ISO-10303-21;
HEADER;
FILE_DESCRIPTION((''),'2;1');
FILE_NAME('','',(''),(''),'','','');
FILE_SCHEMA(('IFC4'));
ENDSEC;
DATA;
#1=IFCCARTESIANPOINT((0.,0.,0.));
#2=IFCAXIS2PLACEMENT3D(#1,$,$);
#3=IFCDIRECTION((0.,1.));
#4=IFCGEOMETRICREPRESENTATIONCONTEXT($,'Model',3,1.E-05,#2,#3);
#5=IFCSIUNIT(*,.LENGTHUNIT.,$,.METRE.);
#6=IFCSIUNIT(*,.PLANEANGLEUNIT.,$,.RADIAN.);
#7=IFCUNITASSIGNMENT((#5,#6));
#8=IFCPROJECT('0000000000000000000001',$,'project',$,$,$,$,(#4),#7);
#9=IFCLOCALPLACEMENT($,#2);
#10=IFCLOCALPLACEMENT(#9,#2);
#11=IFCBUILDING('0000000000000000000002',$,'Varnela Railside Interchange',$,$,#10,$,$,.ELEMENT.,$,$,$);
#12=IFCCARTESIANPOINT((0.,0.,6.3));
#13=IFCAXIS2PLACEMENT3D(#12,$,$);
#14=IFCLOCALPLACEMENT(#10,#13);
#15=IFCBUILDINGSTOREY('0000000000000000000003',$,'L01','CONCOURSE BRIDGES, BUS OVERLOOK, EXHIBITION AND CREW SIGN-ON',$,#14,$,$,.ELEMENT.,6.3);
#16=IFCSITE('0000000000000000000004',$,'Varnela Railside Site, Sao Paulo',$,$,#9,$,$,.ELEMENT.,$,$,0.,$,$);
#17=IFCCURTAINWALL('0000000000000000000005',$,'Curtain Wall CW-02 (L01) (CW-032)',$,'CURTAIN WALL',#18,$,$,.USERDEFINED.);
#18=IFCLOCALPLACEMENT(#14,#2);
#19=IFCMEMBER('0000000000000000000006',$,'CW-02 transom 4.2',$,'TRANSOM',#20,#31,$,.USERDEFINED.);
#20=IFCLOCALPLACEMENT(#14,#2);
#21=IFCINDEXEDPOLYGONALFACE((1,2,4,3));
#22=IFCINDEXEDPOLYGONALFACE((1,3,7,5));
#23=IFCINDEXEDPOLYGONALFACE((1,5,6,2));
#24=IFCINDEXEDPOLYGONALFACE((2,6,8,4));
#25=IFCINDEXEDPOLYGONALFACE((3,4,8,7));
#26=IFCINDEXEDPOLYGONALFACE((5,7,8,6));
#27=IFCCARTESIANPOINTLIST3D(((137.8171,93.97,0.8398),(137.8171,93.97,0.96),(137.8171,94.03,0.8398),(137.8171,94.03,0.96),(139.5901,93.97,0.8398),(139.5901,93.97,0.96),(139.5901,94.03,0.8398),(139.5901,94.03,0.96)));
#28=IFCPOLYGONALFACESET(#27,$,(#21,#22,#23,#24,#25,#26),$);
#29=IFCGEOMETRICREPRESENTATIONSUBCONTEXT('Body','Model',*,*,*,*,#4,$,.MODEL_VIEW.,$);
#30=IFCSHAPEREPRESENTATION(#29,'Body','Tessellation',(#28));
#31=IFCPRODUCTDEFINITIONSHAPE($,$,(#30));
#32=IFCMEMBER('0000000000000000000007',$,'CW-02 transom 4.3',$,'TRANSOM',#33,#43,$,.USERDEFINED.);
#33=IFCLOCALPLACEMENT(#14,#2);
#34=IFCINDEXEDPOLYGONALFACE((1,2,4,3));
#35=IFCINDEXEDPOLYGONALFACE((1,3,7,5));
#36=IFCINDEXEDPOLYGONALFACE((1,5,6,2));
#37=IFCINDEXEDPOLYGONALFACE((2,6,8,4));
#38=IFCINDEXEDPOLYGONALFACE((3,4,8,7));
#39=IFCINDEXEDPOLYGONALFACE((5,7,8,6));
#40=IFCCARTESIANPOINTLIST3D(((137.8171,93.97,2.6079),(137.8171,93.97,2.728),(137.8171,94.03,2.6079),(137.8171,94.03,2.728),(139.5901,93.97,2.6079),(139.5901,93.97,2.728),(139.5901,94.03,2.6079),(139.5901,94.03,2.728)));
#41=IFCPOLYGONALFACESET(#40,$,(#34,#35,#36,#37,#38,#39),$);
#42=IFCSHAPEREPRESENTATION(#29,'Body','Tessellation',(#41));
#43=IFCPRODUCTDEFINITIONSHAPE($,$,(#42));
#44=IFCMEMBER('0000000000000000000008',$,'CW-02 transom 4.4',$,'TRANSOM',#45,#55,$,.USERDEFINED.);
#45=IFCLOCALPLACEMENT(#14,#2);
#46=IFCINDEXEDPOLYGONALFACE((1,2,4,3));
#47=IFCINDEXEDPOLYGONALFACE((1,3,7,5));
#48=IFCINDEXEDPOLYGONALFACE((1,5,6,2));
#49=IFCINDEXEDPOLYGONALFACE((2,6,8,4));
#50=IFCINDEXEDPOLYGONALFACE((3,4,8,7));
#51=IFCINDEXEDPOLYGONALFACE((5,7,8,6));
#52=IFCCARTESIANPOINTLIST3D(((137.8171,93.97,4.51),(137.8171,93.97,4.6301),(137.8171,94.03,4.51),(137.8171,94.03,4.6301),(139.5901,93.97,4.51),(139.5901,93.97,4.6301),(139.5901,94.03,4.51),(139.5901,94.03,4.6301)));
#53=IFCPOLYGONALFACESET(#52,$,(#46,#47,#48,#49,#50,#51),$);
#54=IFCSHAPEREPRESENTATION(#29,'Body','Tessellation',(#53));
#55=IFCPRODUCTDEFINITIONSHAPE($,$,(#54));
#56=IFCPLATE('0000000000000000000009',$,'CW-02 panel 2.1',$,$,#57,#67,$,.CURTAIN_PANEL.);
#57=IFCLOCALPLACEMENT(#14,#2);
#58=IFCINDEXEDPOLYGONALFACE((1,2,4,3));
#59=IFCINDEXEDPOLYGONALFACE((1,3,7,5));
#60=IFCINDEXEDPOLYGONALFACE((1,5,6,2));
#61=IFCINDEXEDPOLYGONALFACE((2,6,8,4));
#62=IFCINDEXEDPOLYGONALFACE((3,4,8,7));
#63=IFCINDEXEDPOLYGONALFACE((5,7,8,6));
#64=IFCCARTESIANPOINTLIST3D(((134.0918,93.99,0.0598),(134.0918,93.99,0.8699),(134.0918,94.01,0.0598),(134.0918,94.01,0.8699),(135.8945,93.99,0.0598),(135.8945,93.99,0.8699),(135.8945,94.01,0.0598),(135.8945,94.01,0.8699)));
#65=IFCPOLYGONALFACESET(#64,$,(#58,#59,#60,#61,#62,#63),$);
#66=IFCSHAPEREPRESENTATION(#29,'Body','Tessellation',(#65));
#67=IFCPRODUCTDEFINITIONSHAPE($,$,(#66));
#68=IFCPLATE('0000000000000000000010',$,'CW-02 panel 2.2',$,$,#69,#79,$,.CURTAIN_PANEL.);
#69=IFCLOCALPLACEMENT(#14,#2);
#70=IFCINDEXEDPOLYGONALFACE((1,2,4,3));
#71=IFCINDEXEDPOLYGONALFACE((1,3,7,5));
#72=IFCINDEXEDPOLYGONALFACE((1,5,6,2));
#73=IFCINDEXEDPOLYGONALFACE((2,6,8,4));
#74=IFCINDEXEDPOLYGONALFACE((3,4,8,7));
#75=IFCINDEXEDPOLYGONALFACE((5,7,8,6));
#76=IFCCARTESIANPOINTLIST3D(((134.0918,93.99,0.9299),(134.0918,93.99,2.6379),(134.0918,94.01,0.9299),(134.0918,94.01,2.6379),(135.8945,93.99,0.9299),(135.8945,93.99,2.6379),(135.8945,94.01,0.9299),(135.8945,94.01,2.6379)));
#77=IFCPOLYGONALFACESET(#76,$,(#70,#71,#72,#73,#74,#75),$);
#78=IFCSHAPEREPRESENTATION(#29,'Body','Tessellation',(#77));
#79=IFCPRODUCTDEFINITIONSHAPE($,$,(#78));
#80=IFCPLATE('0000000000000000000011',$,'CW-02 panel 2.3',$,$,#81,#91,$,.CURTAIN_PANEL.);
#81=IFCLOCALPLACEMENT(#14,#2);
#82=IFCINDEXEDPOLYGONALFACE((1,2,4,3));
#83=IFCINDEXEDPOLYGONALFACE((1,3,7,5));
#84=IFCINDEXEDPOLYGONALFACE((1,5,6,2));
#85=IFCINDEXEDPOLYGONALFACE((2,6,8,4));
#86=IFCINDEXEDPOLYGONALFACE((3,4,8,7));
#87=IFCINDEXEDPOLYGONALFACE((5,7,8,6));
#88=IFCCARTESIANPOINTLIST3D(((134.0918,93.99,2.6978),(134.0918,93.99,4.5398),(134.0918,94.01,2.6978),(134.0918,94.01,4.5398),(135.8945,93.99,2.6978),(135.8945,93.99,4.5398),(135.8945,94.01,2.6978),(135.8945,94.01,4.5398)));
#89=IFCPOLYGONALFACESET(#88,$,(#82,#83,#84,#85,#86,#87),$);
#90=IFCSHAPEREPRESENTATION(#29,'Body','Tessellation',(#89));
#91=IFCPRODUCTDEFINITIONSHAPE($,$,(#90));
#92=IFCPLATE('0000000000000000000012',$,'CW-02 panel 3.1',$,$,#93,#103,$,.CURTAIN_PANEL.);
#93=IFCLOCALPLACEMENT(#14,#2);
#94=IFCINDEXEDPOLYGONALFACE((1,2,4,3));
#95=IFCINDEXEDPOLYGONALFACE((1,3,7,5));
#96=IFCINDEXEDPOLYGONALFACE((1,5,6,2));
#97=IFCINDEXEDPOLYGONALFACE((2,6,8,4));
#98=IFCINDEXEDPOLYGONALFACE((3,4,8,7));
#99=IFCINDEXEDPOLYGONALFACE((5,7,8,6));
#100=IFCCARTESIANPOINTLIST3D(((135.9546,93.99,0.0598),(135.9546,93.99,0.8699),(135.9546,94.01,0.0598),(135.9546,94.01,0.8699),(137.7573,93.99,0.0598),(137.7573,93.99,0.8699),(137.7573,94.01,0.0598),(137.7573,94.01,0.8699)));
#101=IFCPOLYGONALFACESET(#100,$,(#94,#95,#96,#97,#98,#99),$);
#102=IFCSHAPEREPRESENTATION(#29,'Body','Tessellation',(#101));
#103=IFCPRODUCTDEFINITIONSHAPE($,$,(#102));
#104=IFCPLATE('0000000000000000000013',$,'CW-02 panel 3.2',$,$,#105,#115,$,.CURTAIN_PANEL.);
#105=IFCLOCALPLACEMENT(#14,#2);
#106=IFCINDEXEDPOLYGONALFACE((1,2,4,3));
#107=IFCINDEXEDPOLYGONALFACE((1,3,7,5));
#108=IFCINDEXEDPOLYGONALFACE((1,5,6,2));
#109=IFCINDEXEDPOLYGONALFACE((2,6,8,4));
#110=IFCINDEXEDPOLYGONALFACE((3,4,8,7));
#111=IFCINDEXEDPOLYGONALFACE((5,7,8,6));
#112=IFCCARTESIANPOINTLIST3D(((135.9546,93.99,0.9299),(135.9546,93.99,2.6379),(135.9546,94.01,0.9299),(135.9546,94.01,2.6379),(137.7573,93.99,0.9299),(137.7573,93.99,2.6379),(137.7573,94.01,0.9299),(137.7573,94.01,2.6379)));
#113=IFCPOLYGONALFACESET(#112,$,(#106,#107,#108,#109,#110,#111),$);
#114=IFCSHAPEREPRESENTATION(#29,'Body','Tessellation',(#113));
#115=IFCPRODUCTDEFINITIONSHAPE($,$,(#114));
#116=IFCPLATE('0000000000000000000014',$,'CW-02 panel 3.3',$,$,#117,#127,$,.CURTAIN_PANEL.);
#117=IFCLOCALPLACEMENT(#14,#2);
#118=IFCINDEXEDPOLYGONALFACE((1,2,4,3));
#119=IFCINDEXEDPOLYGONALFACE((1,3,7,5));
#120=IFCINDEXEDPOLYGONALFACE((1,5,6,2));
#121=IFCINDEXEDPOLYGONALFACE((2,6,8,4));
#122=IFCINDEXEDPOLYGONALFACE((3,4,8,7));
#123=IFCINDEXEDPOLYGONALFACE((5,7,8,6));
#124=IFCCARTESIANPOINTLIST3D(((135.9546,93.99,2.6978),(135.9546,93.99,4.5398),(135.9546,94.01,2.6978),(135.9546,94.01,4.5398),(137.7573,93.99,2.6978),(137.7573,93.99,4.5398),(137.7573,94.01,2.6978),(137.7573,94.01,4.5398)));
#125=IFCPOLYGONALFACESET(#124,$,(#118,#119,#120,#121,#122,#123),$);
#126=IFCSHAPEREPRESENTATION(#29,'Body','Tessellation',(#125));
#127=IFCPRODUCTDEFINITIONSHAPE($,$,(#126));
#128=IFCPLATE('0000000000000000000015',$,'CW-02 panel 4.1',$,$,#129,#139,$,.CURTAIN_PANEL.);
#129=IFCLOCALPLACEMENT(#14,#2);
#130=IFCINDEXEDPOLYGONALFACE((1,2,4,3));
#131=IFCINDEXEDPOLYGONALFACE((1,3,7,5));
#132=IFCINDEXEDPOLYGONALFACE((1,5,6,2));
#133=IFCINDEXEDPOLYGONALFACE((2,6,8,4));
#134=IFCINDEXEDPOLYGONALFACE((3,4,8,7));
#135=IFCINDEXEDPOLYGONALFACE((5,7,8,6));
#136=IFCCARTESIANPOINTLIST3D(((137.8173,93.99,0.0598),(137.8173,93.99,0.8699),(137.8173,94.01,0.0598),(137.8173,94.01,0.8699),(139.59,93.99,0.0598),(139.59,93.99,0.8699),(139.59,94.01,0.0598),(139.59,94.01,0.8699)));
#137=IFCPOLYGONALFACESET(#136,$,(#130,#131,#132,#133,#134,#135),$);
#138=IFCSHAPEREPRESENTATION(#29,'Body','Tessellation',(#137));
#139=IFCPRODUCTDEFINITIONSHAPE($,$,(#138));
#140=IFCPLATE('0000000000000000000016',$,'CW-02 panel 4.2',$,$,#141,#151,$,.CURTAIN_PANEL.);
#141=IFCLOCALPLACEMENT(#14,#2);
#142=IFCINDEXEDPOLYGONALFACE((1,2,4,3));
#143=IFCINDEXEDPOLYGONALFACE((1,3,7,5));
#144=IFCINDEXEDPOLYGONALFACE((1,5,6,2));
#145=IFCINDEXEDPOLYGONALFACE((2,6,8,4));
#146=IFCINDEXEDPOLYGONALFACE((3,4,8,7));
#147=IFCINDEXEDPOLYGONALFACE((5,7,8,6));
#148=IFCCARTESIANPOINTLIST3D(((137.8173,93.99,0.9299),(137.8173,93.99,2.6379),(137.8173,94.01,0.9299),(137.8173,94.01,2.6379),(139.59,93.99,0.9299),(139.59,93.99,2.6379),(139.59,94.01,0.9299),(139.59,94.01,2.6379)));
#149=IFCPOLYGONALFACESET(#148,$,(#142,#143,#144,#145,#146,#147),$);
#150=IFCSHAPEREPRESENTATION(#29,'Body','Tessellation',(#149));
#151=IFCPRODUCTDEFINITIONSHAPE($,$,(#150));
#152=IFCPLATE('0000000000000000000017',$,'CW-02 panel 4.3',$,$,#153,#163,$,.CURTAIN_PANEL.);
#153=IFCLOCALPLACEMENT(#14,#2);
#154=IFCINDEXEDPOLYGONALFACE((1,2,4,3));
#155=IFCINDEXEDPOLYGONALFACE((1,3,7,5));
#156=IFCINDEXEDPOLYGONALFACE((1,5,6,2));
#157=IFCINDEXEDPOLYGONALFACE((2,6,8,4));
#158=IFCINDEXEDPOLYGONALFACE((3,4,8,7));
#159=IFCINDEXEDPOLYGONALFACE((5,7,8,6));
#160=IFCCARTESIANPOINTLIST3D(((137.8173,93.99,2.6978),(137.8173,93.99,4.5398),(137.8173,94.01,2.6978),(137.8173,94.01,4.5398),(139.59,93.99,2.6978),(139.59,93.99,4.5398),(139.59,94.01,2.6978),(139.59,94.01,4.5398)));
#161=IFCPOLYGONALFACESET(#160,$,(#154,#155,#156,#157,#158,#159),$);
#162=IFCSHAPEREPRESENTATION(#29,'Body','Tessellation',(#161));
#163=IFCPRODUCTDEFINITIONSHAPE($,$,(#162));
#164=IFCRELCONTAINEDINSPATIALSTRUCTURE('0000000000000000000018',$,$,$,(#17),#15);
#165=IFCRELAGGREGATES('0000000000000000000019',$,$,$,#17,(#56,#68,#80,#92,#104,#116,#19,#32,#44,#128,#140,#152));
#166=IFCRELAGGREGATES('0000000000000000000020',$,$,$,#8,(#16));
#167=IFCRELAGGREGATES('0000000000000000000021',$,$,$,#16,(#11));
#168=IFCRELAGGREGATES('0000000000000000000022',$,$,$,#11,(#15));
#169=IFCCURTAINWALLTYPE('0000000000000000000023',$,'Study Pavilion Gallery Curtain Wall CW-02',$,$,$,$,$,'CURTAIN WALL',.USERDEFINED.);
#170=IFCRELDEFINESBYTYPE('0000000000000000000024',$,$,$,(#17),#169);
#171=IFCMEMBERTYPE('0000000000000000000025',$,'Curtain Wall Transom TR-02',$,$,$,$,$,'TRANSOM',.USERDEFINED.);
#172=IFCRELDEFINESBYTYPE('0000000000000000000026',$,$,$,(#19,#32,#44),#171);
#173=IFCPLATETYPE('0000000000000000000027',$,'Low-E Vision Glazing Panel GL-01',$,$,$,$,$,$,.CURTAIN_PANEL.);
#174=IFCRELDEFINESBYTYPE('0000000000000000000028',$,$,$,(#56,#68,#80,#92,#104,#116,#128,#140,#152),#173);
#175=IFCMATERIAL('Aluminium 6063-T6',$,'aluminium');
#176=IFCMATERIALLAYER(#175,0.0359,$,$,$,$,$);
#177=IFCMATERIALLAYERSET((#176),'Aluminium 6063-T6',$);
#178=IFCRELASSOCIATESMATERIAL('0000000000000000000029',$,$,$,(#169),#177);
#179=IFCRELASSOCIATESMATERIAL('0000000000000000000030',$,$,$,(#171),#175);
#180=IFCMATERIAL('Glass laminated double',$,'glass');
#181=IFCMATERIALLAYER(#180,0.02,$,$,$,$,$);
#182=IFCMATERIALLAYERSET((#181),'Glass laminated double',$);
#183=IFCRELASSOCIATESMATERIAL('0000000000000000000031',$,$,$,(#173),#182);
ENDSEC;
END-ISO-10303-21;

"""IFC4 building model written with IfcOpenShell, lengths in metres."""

from ifc_helpers import new_model, si_unit, direction, frame, origin, origin_2d, place, context, subcontext, project, spatial, rectangle, extrude, material, layer, layer_set, material_profile, profile_set, type_object, element, aggregate, save


model = new_model("IFC4")

# Units and contexts
model_context = context("Model", 3, precision=1e-05, world=origin(), true_north=direction((0.0, 1.0)))
body_context = subcontext(model_context, "Body", "Model", "MODEL_VIEW")
ifc_project = project(units=[si_unit("LENGTHUNIT", "METRE"), si_unit("PLANEANGLEUNIT", "RADIAN")], contexts=[model_context])

# Site, building, storey
site_placement = place(None, origin())
site = spatial("IfcSite", under=ifc_project, at=site_placement, Name="Varnela Railside Site, Sao Paulo", CompositionType="ELEMENT", RefElevation=0.0)
building_placement = place(site_placement, origin())
building = spatial("IfcBuilding", under=site, at=building_placement, Name="Varnela Railside Interchange", CompositionType="ELEMENT")
storey_placement = place(building_placement, frame((0.0, 0.0, 6.3)))
storey = spatial("IfcBuildingStorey", under=building, at=storey_placement, Name="L01", Description="CONCOURSE BRIDGES, BUS OVERLOOK, EXHIBITION AND CREW SIGN-ON", CompositionType="ELEMENT", Elevation=6.3)

# Curtain wall, members, plates
ifc_material_1 = material(Name="Aluminium 6063-T6", Category="aluminium")
ifc_layer_1 = layer(ifc_material_1, 0.0359)
ifc_layer_set_1 = layer_set([ifc_layer_1], Name="Aluminium 6063-T6")
curtain_wall_type = type_object("IfcCurtainWallType", Name="Study Pavilion Gallery Curtain Wall CW-02", ElementType="CURTAIN WALL", PredefinedType="USERDEFINED", material=ifc_layer_set_1)
curtain_wall_placement = place(storey_placement, origin())
curtain_wall = element("IfcCurtainWall", 1, at=curtain_wall_placement, inside=storey, type_object=curtain_wall_type, Name="Curtain Wall CW-02 (L01) (CW-032)", ObjectType="CURTAIN WALL", PredefinedType="USERDEFINED")
ifc_material_profile_1 = material_profile(ifc_material_1, rectangle(XDim=0.0601, YDim=0.1201, at=origin_2d()), Name="ALU 60x120")
ifc_profile_set_1 = profile_set([ifc_material_profile_1], Name="Aluminium 6063-T6")
member_type_1 = type_object("IfcMemberType", Name="Curtain Wall Transom TR-02", ElementType="TRANSOM", PredefinedType="USERDEFINED", material=ifc_profile_set_1)
member_1_placement = place(storey_placement, frame((137.8171, 94.0, 0.8999), z_axis=(1.0, 0.0, 0.0), x_axis=(0.0, 1.0, 0.0)))
member_1 = element("IfcMember", 2, at=member_1_placement, type_object=member_type_1, Name="CW-02 transom 4.2", ObjectType="TRANSOM", PredefinedType="USERDEFINED", context=body_context, shape_type="SweptSolid", body=[
    extrude(rectangle(XDim=0.0601, YDim=0.1201, at=origin_2d()), origin(), (0.0, 0.0, 1.0), 1.7729),
])
member_2_placement = place(storey_placement, frame((137.8171, 94.0, 2.668), z_axis=(1.0, 0.0, 0.0), x_axis=(0.0, 1.0, 0.0)))
member_2 = element("IfcMember", 3, at=member_2_placement, type_object=member_type_1, Name="CW-02 transom 4.3", ObjectType="TRANSOM", PredefinedType="USERDEFINED", context=body_context, shape_type="SweptSolid", body=[
    extrude(rectangle(XDim=0.0601, YDim=0.1201, at=origin_2d()), origin(), (0.0, 0.0, 1.0), 1.7729),
])
member_3_placement = place(storey_placement, frame((137.8171, 94.0, 4.5701), z_axis=(1.0, 0.0, 0.0), x_axis=(0.0, 1.0, 0.0)))
member_3 = element("IfcMember", 4, at=member_3_placement, type_object=member_type_1, Name="CW-02 transom 4.4", ObjectType="TRANSOM", PredefinedType="USERDEFINED", context=body_context, shape_type="SweptSolid", body=[
    extrude(rectangle(XDim=0.0601, YDim=0.1201, at=origin_2d()), origin(), (0.0, 0.0, 1.0), 1.7729),
])
ifc_material_2 = material(Name="Glass laminated double", Category="glass")
ifc_layer_2 = layer(ifc_material_2, 0.02)
ifc_layer_set_2 = layer_set([ifc_layer_2], Name="Glass laminated double")
plate_type = type_object("IfcPlateType", Name="Low-E Vision Glazing Panel GL-01", PredefinedType="CURTAIN_PANEL", material=ifc_layer_set_2)
plate_1_placement = place(storey_placement, frame((134.9932, 94.0, 0.0598), z_axis=(0.0, 0.0, 1.0), x_axis=(1.0, 0.0, 0.0)))
plate_1 = element("IfcPlate", 5, at=plate_1_placement, type_object=plate_type, Name="CW-02 panel 2.1", PredefinedType="CURTAIN_PANEL", context=body_context, shape_type="SweptSolid", body=[
    extrude(rectangle(XDim=1.8027, YDim=0.02, at=origin_2d()), origin(), (0.0, 0.0, 1.0), 0.8101),
])
plate_2_placement = place(storey_placement, frame((134.9932, 94.0, 0.9299), z_axis=(0.0, 0.0, 1.0), x_axis=(1.0, 0.0, 0.0)))
plate_2 = element("IfcPlate", 6, at=plate_2_placement, type_object=plate_type, Name="CW-02 panel 2.2", PredefinedType="CURTAIN_PANEL", context=body_context, shape_type="SweptSolid", body=[
    extrude(rectangle(XDim=1.8027, YDim=0.02, at=origin_2d()), origin(), (0.0, 0.0, 1.0), 1.708),
])
plate_3_placement = place(storey_placement, frame((134.9932, 94.0, 2.6978), z_axis=(0.0, 0.0, 1.0), x_axis=(1.0, 0.0, 0.0)))
plate_3 = element("IfcPlate", 7, at=plate_3_placement, type_object=plate_type, Name="CW-02 panel 2.3", PredefinedType="CURTAIN_PANEL", context=body_context, shape_type="SweptSolid", body=[
    extrude(rectangle(XDim=1.8027, YDim=0.02, at=origin_2d()), origin(), (0.0, 0.0, 1.0), 1.842),
])
plate_4_placement = place(storey_placement, frame((136.856, 94.0, 0.0598), z_axis=(0.0, 0.0, 1.0), x_axis=(1.0, 0.0, 0.0)))
plate_4 = element("IfcPlate", 8, at=plate_4_placement, type_object=plate_type, Name="CW-02 panel 3.1", PredefinedType="CURTAIN_PANEL", context=body_context, shape_type="SweptSolid", body=[
    extrude(rectangle(XDim=1.8027, YDim=0.02, at=origin_2d()), origin(), (0.0, 0.0, 1.0), 0.8101),
])
plate_5_placement = place(storey_placement, frame((136.856, 94.0, 0.9299), z_axis=(0.0, 0.0, 1.0), x_axis=(1.0, 0.0, 0.0)))
plate_5 = element("IfcPlate", 9, at=plate_5_placement, type_object=plate_type, Name="CW-02 panel 3.2", PredefinedType="CURTAIN_PANEL", context=body_context, shape_type="SweptSolid", body=[
    extrude(rectangle(XDim=1.8027, YDim=0.02, at=origin_2d()), origin(), (0.0, 0.0, 1.0), 1.708),
])
plate_6_placement = place(storey_placement, frame((136.856, 94.0, 2.6978), z_axis=(0.0, 0.0, 1.0), x_axis=(1.0, 0.0, 0.0)))
plate_6 = element("IfcPlate", 10, at=plate_6_placement, type_object=plate_type, Name="CW-02 panel 3.3", PredefinedType="CURTAIN_PANEL", context=body_context, shape_type="SweptSolid", body=[
    extrude(rectangle(XDim=1.8027, YDim=0.02, at=origin_2d()), origin(), (0.0, 0.0, 1.0), 1.842),
])
plate_7_placement = place(storey_placement, frame((138.7036, 94.0, 0.0598), z_axis=(0.0, 0.0, 1.0), x_axis=(1.0, 0.0, 0.0)))
plate_7 = element("IfcPlate", 11, at=plate_7_placement, type_object=plate_type, Name="CW-02 panel 4.1", PredefinedType="CURTAIN_PANEL", context=body_context, shape_type="SweptSolid", body=[
    extrude(rectangle(XDim=1.7727, YDim=0.02, at=origin_2d()), origin(), (0.0, 0.0, 1.0), 0.8101),
])
plate_8_placement = place(storey_placement, frame((138.7036, 94.0, 0.9299), z_axis=(0.0, 0.0, 1.0), x_axis=(1.0, 0.0, 0.0)))
plate_8 = element("IfcPlate", 12, at=plate_8_placement, type_object=plate_type, Name="CW-02 panel 4.2", PredefinedType="CURTAIN_PANEL", context=body_context, shape_type="SweptSolid", body=[
    extrude(rectangle(XDim=1.7727, YDim=0.02, at=origin_2d()), origin(), (0.0, 0.0, 1.0), 1.708),
])
plate_9_placement = place(storey_placement, frame((138.7036, 94.0, 2.6978), z_axis=(0.0, 0.0, 1.0), x_axis=(1.0, 0.0, 0.0)))
plate_9 = element("IfcPlate", 13, at=plate_9_placement, type_object=plate_type, Name="CW-02 panel 4.3", PredefinedType="CURTAIN_PANEL", context=body_context, shape_type="SweptSolid", body=[
    extrude(rectangle(XDim=1.7727, YDim=0.02, at=origin_2d()), origin(), (0.0, 0.0, 1.0), 1.842),
])
aggregate(curtain_wall, [plate_1, plate_2, plate_3, plate_4, plate_5, plate_6, member_1, member_2, member_3, plate_7, plate_8, plate_9])

save(model, "model.ifc")
